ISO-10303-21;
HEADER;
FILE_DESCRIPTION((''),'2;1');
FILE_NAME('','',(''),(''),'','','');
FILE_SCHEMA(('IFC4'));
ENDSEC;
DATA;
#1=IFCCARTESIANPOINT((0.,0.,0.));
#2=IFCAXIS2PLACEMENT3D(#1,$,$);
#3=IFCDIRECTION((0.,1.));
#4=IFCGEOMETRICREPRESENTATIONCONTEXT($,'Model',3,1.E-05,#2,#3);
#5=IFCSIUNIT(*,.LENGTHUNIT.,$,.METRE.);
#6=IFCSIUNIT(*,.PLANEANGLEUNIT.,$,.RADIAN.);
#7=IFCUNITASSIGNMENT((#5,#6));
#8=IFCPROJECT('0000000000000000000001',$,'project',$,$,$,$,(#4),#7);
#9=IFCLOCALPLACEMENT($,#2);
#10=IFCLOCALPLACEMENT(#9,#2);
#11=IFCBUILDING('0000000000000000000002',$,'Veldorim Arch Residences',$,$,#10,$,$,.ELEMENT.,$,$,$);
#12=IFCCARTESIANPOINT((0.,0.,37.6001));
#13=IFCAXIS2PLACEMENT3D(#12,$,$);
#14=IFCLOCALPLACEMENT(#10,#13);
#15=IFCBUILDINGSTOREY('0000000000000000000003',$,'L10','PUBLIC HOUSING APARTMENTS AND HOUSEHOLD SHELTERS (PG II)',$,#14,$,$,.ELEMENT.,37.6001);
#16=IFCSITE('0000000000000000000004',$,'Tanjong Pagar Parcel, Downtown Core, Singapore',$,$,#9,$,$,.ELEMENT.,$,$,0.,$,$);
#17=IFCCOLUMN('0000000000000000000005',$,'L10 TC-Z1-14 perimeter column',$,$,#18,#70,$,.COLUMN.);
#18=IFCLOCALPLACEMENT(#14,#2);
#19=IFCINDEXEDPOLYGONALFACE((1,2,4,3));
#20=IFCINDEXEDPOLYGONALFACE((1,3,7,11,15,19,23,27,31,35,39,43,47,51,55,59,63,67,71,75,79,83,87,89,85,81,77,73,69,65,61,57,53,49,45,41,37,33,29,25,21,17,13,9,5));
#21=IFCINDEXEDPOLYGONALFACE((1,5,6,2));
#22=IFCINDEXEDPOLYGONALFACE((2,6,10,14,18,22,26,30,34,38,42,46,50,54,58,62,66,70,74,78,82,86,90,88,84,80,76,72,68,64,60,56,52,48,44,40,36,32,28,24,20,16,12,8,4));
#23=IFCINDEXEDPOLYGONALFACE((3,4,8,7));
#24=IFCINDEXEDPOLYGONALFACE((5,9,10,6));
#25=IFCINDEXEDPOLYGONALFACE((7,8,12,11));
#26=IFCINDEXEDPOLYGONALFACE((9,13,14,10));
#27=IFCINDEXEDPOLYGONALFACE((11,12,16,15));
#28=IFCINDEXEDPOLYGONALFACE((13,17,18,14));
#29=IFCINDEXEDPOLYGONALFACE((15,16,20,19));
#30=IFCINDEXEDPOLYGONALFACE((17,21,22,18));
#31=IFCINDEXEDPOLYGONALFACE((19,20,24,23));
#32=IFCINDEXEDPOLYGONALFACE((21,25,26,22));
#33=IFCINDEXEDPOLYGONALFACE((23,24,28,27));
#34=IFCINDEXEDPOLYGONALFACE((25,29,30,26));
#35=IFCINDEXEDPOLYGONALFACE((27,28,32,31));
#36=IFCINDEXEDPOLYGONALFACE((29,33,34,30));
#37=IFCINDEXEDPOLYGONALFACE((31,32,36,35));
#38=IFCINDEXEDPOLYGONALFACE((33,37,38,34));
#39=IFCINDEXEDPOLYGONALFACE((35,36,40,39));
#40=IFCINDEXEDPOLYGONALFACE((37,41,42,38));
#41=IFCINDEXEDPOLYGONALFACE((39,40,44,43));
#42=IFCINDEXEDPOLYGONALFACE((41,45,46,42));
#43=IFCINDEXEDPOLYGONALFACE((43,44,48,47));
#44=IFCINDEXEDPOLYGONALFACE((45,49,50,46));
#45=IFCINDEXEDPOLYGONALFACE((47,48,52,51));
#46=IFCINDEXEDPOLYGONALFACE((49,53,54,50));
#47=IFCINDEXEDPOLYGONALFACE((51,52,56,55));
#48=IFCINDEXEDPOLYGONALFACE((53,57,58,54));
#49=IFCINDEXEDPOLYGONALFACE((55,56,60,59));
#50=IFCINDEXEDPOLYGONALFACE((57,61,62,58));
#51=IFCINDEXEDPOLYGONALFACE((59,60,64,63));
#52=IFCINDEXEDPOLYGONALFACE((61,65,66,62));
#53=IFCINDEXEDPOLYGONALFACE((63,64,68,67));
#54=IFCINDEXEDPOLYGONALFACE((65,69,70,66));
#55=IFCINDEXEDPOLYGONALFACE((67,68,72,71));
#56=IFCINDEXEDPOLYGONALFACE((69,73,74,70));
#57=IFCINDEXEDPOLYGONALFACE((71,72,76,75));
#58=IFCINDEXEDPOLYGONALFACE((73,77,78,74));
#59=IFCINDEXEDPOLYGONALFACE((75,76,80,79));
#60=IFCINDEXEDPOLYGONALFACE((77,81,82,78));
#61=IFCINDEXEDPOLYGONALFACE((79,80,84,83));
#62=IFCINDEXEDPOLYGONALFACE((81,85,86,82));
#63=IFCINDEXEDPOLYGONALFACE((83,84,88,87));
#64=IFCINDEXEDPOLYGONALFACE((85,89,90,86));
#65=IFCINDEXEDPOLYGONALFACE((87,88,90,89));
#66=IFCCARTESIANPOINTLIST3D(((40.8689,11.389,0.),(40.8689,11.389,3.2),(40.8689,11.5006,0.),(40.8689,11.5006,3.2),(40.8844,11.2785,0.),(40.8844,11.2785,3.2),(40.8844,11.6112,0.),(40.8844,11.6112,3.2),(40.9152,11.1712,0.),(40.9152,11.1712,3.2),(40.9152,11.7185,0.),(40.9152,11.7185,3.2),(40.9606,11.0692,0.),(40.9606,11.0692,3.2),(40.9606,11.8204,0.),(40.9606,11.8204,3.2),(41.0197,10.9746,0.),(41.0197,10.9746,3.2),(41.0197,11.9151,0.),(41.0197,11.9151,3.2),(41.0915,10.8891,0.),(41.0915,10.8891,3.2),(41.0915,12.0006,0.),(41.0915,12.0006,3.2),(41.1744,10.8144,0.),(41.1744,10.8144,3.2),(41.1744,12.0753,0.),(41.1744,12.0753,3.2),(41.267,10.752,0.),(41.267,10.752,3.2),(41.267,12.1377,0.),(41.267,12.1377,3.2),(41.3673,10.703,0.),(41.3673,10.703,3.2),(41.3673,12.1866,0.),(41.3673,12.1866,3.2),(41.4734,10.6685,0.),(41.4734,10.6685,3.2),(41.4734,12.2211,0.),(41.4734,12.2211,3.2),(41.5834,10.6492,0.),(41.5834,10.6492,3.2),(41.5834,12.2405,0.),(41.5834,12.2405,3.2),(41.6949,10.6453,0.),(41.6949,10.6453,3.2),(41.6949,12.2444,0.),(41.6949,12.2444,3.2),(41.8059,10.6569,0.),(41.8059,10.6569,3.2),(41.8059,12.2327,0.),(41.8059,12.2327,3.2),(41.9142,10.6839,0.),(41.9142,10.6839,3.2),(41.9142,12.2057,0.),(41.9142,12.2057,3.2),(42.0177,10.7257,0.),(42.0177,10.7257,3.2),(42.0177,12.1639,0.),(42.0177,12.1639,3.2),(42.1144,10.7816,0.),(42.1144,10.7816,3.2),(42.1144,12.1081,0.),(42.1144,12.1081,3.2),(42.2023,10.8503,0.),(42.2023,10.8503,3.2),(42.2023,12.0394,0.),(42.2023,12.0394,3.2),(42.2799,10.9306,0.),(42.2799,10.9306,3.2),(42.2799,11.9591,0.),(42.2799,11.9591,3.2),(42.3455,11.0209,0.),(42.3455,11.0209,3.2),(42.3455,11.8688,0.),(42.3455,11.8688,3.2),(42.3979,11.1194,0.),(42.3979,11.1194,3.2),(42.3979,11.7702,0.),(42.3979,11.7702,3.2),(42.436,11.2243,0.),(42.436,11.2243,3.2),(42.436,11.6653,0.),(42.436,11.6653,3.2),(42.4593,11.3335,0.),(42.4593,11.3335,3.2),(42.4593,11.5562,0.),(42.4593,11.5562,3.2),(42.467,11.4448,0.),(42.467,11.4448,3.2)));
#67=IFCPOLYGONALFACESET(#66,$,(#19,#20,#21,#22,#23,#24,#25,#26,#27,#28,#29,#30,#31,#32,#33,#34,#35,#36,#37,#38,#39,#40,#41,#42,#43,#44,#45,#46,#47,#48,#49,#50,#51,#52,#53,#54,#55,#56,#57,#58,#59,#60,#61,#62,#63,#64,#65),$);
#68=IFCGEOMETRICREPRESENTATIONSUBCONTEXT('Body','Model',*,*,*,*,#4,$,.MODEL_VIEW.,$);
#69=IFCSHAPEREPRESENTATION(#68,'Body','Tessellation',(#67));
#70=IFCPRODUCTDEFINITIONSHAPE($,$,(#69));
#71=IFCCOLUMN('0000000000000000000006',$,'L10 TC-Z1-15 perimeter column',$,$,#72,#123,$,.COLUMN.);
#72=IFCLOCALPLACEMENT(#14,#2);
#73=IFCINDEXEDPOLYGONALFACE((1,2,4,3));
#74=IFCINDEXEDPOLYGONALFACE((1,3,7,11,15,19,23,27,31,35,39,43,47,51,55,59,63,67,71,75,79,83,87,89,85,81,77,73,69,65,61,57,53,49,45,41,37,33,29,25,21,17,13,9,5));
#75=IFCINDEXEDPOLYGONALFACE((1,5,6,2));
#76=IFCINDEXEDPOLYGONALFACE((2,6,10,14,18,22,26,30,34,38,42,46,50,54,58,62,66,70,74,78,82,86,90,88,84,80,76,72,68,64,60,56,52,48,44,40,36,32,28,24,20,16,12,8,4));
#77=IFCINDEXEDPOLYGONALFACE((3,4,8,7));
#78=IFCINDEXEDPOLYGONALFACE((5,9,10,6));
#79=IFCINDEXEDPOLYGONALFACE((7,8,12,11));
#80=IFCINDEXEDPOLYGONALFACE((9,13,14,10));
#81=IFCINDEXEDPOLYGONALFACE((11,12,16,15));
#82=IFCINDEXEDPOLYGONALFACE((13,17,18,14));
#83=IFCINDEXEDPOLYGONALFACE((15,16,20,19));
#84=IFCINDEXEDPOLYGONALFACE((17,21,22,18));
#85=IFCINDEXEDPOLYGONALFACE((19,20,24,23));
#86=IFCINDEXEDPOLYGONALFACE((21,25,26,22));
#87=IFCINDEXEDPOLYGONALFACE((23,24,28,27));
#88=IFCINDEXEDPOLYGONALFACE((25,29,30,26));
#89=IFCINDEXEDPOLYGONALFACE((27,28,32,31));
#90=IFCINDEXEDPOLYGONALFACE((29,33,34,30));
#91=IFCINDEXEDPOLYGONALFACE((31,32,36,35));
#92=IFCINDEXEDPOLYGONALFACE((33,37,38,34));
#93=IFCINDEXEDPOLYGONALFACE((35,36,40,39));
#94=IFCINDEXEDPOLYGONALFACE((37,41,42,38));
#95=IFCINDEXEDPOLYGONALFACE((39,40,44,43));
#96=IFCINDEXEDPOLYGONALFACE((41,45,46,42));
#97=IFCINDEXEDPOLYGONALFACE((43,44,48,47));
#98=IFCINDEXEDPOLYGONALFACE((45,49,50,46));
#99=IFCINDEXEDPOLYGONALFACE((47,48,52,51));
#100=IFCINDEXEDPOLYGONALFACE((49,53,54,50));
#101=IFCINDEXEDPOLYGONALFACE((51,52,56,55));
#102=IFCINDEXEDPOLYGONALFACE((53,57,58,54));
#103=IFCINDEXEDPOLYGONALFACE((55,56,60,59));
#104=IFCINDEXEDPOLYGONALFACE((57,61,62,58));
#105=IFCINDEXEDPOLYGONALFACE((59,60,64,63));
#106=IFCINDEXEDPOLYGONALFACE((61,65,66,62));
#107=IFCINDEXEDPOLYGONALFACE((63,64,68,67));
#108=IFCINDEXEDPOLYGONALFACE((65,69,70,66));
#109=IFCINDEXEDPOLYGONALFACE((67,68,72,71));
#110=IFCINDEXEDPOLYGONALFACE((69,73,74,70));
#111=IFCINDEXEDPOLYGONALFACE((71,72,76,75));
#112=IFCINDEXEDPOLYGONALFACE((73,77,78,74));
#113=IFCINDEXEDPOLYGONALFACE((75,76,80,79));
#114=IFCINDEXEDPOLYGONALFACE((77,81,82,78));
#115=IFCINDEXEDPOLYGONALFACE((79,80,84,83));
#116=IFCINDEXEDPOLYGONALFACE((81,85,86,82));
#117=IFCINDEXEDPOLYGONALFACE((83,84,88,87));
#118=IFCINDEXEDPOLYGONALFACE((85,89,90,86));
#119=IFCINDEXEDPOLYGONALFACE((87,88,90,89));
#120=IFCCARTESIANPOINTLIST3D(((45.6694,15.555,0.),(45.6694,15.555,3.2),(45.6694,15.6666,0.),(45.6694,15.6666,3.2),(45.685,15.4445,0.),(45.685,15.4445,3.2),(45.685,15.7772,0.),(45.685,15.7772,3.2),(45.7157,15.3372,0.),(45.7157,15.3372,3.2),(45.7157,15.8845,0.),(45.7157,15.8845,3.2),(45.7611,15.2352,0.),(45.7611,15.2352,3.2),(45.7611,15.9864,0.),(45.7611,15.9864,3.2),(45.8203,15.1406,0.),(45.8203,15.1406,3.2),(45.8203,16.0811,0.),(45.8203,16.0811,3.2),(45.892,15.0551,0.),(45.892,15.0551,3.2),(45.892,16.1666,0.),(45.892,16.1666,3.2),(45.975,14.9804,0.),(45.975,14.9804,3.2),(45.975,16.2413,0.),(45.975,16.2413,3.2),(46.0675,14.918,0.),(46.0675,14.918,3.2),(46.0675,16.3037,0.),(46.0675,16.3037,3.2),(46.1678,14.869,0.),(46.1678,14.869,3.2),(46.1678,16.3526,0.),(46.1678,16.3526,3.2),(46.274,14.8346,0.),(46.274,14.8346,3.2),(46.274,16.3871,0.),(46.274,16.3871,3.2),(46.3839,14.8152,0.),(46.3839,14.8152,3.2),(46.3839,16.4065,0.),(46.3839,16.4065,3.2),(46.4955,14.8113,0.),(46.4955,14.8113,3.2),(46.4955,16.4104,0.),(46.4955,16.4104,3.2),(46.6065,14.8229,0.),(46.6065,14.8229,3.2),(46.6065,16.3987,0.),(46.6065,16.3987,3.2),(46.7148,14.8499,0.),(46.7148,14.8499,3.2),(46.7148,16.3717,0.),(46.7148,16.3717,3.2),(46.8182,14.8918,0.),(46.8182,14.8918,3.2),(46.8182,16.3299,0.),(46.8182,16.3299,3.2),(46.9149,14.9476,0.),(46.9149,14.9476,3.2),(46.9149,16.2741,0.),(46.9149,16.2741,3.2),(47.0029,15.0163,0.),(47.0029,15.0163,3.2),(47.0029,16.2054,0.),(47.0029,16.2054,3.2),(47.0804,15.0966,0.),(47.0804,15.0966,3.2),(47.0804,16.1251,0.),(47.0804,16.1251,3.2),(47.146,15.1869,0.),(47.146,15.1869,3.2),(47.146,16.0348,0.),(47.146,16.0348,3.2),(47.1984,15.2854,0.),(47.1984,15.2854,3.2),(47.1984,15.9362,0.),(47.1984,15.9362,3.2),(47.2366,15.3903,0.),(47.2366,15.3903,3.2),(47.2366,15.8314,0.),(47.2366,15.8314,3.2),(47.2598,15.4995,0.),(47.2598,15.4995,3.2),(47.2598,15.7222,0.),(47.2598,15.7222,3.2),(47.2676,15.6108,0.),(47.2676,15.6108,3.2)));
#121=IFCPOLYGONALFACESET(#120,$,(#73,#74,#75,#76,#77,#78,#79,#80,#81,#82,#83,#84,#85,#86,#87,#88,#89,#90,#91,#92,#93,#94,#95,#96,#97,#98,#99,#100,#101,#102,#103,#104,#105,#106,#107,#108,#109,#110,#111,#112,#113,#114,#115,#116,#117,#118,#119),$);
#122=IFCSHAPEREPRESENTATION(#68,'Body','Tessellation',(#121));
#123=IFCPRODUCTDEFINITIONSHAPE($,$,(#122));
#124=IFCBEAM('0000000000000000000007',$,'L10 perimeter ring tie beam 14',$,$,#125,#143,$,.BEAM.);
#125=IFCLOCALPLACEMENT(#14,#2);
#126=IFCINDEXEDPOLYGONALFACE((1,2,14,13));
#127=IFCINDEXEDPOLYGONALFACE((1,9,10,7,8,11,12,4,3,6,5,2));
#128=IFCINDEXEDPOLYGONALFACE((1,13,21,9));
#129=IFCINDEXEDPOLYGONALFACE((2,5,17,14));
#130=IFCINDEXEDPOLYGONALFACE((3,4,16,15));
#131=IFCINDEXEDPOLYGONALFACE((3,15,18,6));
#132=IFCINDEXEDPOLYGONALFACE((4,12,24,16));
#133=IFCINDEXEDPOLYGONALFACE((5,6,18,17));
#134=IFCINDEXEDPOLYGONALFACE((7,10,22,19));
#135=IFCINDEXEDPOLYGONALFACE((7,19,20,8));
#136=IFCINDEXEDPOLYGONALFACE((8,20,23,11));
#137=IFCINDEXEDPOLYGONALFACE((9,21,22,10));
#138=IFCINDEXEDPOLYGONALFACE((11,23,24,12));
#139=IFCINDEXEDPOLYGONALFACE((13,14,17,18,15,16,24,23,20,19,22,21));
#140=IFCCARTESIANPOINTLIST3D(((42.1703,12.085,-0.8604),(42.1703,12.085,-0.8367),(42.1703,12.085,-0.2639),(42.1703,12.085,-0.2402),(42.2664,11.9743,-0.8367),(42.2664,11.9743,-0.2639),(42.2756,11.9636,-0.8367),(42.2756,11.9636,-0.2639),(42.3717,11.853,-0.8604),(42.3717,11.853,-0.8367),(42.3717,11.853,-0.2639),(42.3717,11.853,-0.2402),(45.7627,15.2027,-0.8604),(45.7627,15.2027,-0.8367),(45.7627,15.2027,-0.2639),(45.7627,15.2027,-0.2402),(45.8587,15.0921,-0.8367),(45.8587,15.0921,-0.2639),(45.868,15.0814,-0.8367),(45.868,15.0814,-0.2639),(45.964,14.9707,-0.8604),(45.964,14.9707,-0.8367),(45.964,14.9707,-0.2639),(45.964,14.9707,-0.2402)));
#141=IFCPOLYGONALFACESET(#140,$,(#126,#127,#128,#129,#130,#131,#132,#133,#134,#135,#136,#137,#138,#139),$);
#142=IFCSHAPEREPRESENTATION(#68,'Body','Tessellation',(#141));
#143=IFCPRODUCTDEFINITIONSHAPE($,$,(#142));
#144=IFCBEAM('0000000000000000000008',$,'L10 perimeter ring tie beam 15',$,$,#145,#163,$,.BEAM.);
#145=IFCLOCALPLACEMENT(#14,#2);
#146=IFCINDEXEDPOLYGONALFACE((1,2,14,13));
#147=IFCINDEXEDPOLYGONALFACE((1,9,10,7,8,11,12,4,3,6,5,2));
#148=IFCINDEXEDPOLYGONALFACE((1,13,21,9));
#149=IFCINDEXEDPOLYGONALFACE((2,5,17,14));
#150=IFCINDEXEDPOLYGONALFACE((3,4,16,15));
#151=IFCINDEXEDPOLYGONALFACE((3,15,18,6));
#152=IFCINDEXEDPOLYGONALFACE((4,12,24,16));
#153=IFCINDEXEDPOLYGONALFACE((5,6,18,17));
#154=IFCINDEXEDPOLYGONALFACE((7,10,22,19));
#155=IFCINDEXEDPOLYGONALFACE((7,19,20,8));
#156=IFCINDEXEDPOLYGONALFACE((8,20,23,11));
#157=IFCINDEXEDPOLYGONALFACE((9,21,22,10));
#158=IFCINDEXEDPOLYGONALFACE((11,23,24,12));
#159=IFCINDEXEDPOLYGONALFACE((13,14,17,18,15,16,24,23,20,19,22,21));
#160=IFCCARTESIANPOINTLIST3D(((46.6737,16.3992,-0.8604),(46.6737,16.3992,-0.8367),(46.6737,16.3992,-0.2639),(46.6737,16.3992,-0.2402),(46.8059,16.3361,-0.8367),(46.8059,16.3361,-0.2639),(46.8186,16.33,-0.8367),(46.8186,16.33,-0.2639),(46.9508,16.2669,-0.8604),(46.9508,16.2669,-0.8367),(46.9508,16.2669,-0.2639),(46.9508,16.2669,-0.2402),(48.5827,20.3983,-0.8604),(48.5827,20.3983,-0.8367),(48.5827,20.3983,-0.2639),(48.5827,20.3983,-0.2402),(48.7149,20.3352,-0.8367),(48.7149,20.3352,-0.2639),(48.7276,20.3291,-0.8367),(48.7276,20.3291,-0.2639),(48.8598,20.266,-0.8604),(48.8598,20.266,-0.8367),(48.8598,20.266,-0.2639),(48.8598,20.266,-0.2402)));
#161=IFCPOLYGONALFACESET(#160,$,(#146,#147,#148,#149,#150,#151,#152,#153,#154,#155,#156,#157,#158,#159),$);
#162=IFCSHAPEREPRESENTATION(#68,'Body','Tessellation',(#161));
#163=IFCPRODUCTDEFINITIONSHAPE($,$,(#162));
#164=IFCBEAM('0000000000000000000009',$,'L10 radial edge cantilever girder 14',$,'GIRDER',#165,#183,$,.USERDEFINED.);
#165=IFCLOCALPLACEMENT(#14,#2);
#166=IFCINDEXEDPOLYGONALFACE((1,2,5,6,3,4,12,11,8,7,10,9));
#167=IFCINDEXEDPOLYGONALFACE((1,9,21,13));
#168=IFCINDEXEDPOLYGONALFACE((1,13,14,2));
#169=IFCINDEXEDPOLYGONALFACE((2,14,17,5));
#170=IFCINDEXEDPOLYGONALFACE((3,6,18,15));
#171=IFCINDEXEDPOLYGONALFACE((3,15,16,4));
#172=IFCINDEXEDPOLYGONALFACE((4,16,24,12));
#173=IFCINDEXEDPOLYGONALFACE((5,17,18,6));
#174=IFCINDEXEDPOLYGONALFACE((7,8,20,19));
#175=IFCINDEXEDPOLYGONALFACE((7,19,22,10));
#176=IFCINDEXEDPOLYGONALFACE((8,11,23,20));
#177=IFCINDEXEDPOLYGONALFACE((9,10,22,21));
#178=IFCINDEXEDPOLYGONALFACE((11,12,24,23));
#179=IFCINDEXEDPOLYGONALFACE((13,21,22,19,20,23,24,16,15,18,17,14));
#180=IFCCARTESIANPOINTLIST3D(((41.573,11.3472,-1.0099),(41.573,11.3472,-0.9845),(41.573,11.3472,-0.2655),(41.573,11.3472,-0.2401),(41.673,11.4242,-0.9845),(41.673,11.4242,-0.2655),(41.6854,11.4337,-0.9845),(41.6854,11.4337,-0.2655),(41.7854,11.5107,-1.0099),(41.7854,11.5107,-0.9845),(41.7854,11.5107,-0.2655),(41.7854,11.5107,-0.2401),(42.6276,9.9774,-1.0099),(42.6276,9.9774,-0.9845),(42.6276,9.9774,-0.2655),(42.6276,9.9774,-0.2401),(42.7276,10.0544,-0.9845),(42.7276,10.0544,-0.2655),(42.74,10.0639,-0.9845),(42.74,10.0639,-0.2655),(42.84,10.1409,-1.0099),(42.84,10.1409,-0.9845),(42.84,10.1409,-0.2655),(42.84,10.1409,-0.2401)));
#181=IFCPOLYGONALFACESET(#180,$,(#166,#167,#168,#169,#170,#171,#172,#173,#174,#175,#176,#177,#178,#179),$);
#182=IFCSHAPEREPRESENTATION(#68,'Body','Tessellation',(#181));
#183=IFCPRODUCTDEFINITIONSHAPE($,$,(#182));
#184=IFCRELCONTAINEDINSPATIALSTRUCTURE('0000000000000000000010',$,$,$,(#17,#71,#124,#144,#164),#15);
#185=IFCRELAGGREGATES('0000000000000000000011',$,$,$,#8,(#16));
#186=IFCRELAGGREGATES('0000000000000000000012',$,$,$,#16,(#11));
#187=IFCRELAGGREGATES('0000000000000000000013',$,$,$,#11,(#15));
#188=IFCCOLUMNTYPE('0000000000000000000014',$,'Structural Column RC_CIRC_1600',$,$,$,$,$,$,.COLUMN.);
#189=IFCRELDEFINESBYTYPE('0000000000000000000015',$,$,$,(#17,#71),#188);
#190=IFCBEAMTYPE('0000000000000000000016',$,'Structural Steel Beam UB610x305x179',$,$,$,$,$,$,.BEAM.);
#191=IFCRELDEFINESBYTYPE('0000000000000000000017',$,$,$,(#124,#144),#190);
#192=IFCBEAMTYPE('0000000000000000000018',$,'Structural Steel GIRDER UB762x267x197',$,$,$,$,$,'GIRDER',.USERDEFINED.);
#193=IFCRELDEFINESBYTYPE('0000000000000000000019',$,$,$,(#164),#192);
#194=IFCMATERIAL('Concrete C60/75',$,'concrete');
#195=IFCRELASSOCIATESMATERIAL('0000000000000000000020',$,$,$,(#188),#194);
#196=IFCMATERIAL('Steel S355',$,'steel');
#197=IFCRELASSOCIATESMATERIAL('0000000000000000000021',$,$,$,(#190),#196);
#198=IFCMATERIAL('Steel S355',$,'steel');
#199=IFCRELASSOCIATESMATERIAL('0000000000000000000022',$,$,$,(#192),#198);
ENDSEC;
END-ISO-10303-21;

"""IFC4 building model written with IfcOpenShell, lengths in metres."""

from ifc_helpers import new_model, si_unit, direction, frame, origin, origin_2d, place, context, subcontext, project, spatial, circle, i_section, extrude, material, material_profile, profile_set, type_object, element, save


model = new_model("IFC4")

# Units and contexts
model_context = context("Model", 3, precision=1e-05, world=origin(), true_north=direction((0.0, 1.0)))
body_context = subcontext(model_context, "Body", "Model", "MODEL_VIEW")
ifc_project = project(units=[si_unit("LENGTHUNIT", "METRE"), si_unit("PLANEANGLEUNIT", "RADIAN")], contexts=[model_context])

# Site, building, storey
site_placement = place(None, origin())
site = spatial("IfcSite", under=ifc_project, at=site_placement, Name="Tanjong Pagar Parcel, Downtown Core, Singapore", CompositionType="ELEMENT", RefElevation=0.0)
building_placement = place(site_placement, origin())
building = spatial("IfcBuilding", under=site, at=building_placement, Name="Veldorim Arch Residences", CompositionType="ELEMENT")
storey_placement = place(building_placement, frame((0.0, 0.0, 37.6001)))
storey = spatial("IfcBuildingStorey", under=building, at=storey_placement, Name="L10", Description="PUBLIC HOUSING APARTMENTS AND HOUSEHOLD SHELTERS (PG II)", CompositionType="ELEMENT", Elevation=37.6001)

# Columns
ifc_material_1 = material(Name="Concrete C60/75", Category="concrete")
ifc_material_profile_1 = material_profile(ifc_material_1, circle(Radius=0.8, at=origin_2d()), Name="RC_CIRC_1600")
ifc_profile_set_1 = profile_set([ifc_material_profile_1], Name="Concrete C60/75")
column_type = type_object("IfcColumnType", Name="Structural Column RC_CIRC_1600", PredefinedType="COLUMN", material=ifc_profile_set_1)
for number, where, z_axis, x_axis, name in (
    (1, (41.667, 11.4448, 0.0), (0.0, 0.0, 1.0), (1.0, 0.0, 0.0), "L10 TC-Z1-14 perimeter column"),
    (2, (46.4675, 15.6108, 0.0), (0.0, 0.0, 1.0), (1.0, 0.0, 0.0), "L10 TC-Z1-15 perimeter column"),
):
    element("IfcColumn", number, at=place(storey_placement, frame(where, z_axis=z_axis, x_axis=x_axis)), inside=storey, type_object=column_type, Name=name, PredefinedType="COLUMN", context=body_context, shape_type="SweptSolid", body=[
        extrude(circle(Radius=0.8, at=origin_2d()), origin(), (0.0, 0.0, 1.0), 3.2),
    ])

# Beams
ifc_material_2 = material(Name="Steel S355", Category="steel")
ifc_material_profile_2 = material_profile(ifc_material_2, i_section(OverallWidth=0.3071, OverallDepth=0.6201, WebThickness=0.0142, FlangeThickness=0.0237, at=origin_2d()), Name="UB610x305x179")
ifc_profile_set_2 = profile_set([ifc_material_profile_2], Name="Steel S355")
beam_type_1 = type_object("IfcBeamType", Name="Structural Steel Beam UB610x305x179", PredefinedType="BEAM", material=ifc_profile_set_2)
beam_1_placement = place(storey_placement, frame((42.271, 11.969, -0.5503), z_axis=(0.755235, 0.655454, 0.0), x_axis=(-0.655454, 0.755235, 0.0)))
element("IfcBeam", 3, at=beam_1_placement, inside=storey, type_object=beam_type_1, Name="L10 perimeter ring tie beam 14", PredefinedType="BEAM", context=body_context, shape_type="SweptSolid", body=[
    extrude(i_section(OverallWidth=0.3071, OverallDepth=0.6201, WebThickness=0.0142, FlangeThickness=0.0237, at=origin_2d()), origin(), (0.0, 0.0, 1.0), 4.7566),
])
beam_2_placement = place(storey_placement, frame((46.8123, 16.333, -0.5503), z_axis=(0.430787, 0.902454, 0.0), x_axis=(-0.902454, 0.430787, 0.0)))
element("IfcBeam", 4, at=beam_2_placement, inside=storey, type_object=beam_type_1, Name="L10 perimeter ring tie beam 15", PredefinedType="BEAM", context=body_context, shape_type="SweptSolid", body=[
    extrude(i_section(OverallWidth=0.3071, OverallDepth=0.6201, WebThickness=0.0142, FlangeThickness=0.0237, at=origin_2d()), origin(), (0.0, 0.0, 1.0), 4.4314),
])
ifc_material_3 = material(Name="Steel S355", Category="steel")
ifc_material_profile_3 = material_profile(ifc_material_3, i_section(OverallWidth=0.2681, OverallDepth=0.7698, WebThickness=0.0156, FlangeThickness=0.0254, at=origin_2d()), Name="UB762x267x197")
ifc_profile_set_3 = profile_set([ifc_material_profile_3], Name="Steel S355")
beam_type_2 = type_object("IfcBeamType", Name="Structural Steel GIRDER UB762x267x197", ElementType="GIRDER", PredefinedType="USERDEFINED", material=ifc_profile_set_3)
beam_3_placement = place(storey_placement, frame((41.6792, 11.429, -0.625), z_axis=(0.610052, -0.792361, 0.0), x_axis=(0.792361, 0.610052, 0.0)))
element("IfcBeam", 5, at=beam_3_placement, inside=storey, type_object=beam_type_2, Name="L10 radial edge cantilever girder 14", ObjectType="GIRDER", PredefinedType="USERDEFINED", context=body_context, shape_type="SweptSolid", body=[
    extrude(i_section(OverallWidth=0.2681, OverallDepth=0.7698, WebThickness=0.0156, FlangeThickness=0.0254, at=origin_2d()), origin(), (0.0, 0.0, 1.0), 1.7288),
])

save(model, "model.ifc")
